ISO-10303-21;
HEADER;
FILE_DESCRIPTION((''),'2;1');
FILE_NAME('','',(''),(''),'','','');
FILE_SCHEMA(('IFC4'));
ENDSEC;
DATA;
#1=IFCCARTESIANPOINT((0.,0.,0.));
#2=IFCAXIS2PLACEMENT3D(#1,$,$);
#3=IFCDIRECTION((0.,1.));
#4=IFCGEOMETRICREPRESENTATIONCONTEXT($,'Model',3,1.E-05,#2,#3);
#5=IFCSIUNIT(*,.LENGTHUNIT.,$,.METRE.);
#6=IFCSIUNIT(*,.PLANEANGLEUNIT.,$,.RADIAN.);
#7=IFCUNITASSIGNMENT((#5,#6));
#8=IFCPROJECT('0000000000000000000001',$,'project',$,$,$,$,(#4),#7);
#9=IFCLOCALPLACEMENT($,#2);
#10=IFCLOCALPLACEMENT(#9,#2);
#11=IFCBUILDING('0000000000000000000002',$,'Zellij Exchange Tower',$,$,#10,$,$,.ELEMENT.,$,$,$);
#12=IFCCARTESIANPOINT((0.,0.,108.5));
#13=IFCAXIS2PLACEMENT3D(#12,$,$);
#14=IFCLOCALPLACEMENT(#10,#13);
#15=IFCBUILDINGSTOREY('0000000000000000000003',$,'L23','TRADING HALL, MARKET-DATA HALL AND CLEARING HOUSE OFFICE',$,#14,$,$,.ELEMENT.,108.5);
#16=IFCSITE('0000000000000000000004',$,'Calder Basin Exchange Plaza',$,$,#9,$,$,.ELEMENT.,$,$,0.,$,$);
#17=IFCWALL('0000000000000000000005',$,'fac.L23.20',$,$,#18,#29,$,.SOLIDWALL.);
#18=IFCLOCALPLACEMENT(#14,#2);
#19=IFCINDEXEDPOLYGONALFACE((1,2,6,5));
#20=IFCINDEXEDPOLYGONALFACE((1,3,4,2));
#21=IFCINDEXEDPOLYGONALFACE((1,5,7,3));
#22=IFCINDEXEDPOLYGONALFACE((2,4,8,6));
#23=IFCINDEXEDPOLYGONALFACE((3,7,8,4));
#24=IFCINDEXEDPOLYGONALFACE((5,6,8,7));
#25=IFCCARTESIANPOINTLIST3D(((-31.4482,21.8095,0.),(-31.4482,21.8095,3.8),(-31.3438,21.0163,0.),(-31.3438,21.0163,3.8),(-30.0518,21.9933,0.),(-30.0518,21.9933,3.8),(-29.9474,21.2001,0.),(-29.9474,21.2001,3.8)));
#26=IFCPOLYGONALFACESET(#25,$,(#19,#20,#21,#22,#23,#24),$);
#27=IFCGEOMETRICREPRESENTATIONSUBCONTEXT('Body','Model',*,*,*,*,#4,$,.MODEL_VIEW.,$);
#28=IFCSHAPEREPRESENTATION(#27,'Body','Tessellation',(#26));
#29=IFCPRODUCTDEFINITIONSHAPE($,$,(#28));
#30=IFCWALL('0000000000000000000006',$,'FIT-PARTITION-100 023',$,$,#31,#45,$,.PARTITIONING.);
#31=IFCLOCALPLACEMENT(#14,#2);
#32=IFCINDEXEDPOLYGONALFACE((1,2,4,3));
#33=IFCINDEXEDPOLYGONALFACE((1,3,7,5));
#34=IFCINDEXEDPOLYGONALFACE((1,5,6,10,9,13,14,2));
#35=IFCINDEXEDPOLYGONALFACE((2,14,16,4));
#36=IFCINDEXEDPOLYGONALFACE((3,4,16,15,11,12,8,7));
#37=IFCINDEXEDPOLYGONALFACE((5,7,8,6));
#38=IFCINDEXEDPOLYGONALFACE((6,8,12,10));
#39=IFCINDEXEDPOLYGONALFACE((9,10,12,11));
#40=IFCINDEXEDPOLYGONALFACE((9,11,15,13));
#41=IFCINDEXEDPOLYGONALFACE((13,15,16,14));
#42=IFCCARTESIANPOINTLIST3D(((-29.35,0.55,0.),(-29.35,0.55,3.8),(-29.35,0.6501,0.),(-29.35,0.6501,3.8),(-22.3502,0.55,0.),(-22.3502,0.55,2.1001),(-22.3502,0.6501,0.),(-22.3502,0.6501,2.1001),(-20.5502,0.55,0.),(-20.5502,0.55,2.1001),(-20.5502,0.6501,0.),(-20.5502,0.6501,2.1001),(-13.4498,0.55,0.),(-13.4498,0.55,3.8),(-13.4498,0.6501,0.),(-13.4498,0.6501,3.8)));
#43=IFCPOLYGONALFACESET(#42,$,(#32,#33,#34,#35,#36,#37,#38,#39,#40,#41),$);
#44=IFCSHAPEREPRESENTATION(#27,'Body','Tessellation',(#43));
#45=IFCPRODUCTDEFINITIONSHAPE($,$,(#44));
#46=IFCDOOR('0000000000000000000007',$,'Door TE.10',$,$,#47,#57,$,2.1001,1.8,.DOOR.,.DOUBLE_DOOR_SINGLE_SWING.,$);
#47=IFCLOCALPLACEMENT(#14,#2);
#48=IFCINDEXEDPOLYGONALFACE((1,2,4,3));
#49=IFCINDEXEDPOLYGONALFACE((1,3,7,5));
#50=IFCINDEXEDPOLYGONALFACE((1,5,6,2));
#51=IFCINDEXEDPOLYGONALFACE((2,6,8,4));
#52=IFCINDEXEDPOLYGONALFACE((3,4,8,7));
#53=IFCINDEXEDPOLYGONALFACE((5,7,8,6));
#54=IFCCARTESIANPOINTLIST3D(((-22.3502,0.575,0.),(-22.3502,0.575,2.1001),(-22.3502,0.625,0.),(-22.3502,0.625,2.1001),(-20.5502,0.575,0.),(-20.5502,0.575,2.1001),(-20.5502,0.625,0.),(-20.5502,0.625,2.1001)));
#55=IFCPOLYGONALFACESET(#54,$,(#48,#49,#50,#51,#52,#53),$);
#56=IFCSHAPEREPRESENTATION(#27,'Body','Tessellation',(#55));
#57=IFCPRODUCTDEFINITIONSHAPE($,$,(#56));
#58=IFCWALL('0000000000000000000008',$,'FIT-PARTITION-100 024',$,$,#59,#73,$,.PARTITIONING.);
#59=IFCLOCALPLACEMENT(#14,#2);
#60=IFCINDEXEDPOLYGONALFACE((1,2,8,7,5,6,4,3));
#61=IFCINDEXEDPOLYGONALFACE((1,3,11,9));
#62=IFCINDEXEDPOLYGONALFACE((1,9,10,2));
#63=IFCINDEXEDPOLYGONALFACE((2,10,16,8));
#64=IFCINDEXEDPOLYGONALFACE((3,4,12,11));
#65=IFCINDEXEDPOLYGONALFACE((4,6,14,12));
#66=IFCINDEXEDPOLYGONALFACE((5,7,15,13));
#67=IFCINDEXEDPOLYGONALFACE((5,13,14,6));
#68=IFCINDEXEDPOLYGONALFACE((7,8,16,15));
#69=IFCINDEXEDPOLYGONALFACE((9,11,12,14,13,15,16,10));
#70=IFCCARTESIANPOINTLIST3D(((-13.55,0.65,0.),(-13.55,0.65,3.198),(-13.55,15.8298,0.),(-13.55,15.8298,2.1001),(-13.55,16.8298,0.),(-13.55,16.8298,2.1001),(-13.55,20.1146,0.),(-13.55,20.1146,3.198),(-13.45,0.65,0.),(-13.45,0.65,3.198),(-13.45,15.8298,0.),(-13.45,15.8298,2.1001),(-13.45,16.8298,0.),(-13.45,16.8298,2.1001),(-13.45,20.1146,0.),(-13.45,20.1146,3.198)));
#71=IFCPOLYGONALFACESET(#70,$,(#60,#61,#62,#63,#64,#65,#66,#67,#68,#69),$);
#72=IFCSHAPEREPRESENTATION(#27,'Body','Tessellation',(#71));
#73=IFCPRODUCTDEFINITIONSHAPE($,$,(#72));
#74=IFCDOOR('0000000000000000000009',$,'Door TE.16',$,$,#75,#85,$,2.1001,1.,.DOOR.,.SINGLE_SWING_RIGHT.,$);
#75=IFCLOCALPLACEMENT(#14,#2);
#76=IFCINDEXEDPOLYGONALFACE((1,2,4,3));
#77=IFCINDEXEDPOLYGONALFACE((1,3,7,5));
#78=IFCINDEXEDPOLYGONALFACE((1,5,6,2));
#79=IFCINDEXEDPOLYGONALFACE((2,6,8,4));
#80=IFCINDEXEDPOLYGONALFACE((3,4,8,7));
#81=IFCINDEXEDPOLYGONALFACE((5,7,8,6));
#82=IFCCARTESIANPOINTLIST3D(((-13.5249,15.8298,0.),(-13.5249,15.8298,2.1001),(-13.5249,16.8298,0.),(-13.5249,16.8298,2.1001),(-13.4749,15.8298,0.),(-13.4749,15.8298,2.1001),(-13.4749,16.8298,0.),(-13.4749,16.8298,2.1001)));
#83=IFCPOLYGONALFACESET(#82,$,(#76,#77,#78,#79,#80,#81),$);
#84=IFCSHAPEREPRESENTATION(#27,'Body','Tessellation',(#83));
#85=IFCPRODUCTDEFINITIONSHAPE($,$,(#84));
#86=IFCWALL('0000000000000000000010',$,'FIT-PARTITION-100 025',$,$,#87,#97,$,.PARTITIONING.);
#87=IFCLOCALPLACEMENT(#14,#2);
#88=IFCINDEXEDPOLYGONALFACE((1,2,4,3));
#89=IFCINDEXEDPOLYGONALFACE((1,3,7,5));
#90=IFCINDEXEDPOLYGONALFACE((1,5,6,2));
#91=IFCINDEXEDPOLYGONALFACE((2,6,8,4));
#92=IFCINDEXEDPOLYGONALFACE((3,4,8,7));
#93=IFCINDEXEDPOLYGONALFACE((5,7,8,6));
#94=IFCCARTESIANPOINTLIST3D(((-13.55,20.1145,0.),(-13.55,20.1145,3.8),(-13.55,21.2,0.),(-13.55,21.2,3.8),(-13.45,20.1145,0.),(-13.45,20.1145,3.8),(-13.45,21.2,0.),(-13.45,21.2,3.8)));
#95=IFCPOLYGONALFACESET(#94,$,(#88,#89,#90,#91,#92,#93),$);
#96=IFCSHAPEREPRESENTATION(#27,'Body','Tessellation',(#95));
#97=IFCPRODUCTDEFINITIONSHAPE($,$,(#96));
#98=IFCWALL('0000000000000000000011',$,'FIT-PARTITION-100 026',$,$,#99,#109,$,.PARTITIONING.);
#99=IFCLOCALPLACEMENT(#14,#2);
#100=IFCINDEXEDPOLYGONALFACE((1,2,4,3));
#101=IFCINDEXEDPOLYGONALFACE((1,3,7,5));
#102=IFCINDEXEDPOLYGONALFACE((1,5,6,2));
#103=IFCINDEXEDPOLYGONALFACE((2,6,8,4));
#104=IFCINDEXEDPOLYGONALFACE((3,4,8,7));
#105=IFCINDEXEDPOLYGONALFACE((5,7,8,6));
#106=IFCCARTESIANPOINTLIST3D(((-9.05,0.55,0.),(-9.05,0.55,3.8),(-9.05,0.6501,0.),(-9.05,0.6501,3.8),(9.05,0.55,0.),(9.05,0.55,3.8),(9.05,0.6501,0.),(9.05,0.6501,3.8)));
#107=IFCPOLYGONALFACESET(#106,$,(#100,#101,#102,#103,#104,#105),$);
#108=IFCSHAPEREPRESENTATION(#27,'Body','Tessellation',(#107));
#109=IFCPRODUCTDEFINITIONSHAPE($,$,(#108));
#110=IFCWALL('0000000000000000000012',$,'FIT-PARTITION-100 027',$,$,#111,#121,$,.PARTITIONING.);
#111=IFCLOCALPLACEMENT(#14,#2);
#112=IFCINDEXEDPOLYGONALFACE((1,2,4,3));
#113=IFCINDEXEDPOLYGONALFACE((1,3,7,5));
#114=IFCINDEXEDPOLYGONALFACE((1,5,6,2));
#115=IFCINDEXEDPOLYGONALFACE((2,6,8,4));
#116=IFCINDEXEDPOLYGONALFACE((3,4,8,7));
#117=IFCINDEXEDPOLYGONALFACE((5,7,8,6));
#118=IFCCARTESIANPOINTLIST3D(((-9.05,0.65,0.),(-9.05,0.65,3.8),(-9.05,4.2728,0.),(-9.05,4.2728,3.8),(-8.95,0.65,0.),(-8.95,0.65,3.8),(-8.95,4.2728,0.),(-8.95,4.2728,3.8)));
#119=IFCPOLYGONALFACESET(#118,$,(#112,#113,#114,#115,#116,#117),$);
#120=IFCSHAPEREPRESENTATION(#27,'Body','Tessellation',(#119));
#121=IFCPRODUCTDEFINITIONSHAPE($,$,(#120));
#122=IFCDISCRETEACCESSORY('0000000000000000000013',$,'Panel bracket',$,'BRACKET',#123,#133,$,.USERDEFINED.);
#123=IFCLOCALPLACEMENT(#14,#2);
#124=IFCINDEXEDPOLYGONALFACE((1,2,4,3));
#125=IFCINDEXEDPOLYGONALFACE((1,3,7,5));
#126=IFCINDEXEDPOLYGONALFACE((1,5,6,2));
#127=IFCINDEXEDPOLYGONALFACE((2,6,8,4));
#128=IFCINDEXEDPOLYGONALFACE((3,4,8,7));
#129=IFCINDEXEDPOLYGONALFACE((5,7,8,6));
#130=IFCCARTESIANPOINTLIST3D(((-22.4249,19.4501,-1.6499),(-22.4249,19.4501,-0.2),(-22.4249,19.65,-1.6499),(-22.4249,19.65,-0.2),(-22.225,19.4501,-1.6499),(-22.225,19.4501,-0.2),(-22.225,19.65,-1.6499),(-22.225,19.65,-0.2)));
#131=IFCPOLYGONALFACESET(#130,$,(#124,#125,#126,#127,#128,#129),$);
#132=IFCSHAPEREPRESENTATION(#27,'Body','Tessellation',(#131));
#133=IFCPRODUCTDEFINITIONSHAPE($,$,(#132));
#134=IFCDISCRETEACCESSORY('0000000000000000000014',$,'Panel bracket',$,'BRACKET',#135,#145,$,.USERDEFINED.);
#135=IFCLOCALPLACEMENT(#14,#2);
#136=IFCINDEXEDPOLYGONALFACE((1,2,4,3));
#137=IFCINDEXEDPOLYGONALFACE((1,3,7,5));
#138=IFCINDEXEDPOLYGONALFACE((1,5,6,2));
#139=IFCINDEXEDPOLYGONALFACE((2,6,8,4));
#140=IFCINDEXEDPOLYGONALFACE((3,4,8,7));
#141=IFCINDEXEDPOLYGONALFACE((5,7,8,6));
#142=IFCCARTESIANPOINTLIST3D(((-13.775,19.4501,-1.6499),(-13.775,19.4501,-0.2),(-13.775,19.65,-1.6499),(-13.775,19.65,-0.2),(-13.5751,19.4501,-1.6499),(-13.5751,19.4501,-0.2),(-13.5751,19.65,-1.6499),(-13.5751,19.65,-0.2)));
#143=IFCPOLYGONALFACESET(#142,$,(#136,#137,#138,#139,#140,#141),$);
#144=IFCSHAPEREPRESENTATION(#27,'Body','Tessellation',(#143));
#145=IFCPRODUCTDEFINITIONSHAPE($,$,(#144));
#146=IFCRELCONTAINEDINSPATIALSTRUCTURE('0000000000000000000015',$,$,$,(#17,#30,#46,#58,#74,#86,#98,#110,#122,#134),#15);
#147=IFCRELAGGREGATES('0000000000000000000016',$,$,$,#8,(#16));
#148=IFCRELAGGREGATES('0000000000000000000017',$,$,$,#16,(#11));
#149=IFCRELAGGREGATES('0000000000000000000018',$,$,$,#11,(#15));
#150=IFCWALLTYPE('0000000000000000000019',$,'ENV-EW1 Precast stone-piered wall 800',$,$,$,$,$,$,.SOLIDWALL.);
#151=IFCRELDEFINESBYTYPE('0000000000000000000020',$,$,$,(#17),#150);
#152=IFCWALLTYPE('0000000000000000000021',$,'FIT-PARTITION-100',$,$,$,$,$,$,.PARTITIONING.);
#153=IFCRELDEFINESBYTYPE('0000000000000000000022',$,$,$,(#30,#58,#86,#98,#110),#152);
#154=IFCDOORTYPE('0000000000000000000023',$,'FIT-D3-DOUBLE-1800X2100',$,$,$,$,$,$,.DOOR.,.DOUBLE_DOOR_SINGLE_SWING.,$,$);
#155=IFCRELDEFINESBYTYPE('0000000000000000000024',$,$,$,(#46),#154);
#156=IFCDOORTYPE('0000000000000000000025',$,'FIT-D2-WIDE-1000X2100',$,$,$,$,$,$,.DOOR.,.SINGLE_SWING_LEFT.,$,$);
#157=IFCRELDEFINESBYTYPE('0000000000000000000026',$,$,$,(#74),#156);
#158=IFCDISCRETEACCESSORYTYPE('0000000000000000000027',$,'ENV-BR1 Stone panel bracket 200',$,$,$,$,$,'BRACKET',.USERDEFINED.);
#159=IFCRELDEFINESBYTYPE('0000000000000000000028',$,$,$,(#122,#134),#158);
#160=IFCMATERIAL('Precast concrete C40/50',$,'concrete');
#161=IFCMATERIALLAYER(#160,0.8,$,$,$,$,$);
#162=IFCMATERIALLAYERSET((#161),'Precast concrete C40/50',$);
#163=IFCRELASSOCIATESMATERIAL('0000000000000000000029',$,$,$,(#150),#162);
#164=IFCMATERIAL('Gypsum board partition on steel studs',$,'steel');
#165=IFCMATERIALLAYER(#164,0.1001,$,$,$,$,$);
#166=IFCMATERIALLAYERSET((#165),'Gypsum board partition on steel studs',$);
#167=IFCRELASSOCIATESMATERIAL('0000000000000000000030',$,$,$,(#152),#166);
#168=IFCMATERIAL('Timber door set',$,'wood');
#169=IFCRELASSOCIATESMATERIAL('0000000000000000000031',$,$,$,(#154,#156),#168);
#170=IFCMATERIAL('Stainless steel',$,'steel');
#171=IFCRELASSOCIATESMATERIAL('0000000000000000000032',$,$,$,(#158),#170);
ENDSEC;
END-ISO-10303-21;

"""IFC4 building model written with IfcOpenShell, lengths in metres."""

from ifc_helpers import new_model, si_unit, direction, frame, frame_2d, origin, origin_2d, place, context, subcontext, project, spatial, rectangle, extrude, material, layer, layer_set, type_object, element, fill, save


model = new_model("IFC4")

# Units and contexts
model_context = context("Model", 3, precision=1e-05, world=origin(), true_north=direction((0.0, 1.0)))
body_context = subcontext(model_context, "Body", "Model", "MODEL_VIEW")
ifc_project = project(units=[si_unit("LENGTHUNIT", "METRE"), si_unit("PLANEANGLEUNIT", "RADIAN")], contexts=[model_context])

# Site, building, storey
site_placement = place(None, origin())
site = spatial("IfcSite", under=ifc_project, at=site_placement, Name="Calder Basin Exchange Plaza", CompositionType="ELEMENT", RefElevation=0.0)
building_placement = place(site_placement, origin())
building = spatial("IfcBuilding", under=site, at=building_placement, Name="Zellij Exchange Tower", CompositionType="ELEMENT")
storey_placement = place(building_placement, frame((0.0, 0.0, 108.5)))
storey = spatial("IfcBuildingStorey", under=building, at=storey_placement, Name="L23", Description="TRADING HALL, MARKET-DATA HALL AND CLEARING HOUSE OFFICE", CompositionType="ELEMENT", Elevation=108.5)

# Wall
ifc_material_1 = material(Name="Precast concrete C40/50", Category="concrete")
ifc_layer_1 = layer(ifc_material_1, 0.8)
ifc_layer_set_1 = layer_set([ifc_layer_1], Name="Precast concrete C40/50")
wall_type_1 = type_object("IfcWallType", Name="ENV-EW1 Precast stone-piered wall 800", PredefinedType="SOLIDWALL", material=ifc_layer_set_1)
wall_1_placement = place(storey_placement, frame((-29.9998, 21.5967, 0.0), z_axis=(0.0, 0.0, 1.0), x_axis=(-0.991446, -0.130517, 0.0)))
element("IfcWall", 1, at=wall_1_placement, inside=storey, type_object=wall_type_1, Name="fac.L23.20", PredefinedType="SOLIDWALL", context=body_context, shape_type="SweptSolid", body=[
    extrude(rectangle(XDim=1.4084, YDim=0.8, at=frame_2d((0.7041, 0.0))), origin(), (0.0, 0.0, 1.0), 3.8),
])

# Walls, openings, doors
ifc_material_2 = material(Name="Gypsum board partition on steel studs", Category="steel")
ifc_layer_2 = layer(ifc_material_2, 0.1001)
ifc_layer_set_2 = layer_set([ifc_layer_2], Name="Gypsum board partition on steel studs")
wall_type_2 = type_object("IfcWallType", Name="FIT-PARTITION-100", PredefinedType="PARTITIONING", material=ifc_layer_set_2)
wall_2_placement = place(storey_placement, frame((-29.3501, 0.6001, 0.0), z_axis=(0.0, 0.0, 1.0), x_axis=(1.0, 0.0, 0.0)))
wall_2 = element("IfcWall", 2, at=wall_2_placement, inside=storey, type_object=wall_type_2, Name="FIT-PARTITION-100 023", PredefinedType="PARTITIONING", context=body_context, shape_type="SweptSolid", body=[
    extrude(rectangle(XDim=15.9001, YDim=0.1001, at=frame_2d((7.9502, 0.0))), origin(), (0.0, 0.0, 1.0), 3.8),
])
opening_1_placement = place(wall_2_placement, frame((7.0, 0.0, 0.0)))
opening_1 = element("IfcOpeningElement", 3, at=opening_1_placement, cuts=wall_2, PredefinedType="OPENING", context=body_context, shape_type="SweptSolid", body=[
    extrude(rectangle(XDim=1.8, YDim=2.1001, at=frame_2d((0.8999, 1.05))), frame((0.0, 0.062, 0.0), z_axis=(0.0, -1.0, 0.0), x_axis=(1.0, 0.0, 0.0)), (0.0, 0.0, 1.0), 0.124),
])
ifc_material_3 = material(Name="Timber door set", Category="wood")
door_type_1 = type_object("IfcDoorType", Name="FIT-D3-DOUBLE-1800X2100", OperationType="DOUBLE_DOOR_SINGLE_SWING", PredefinedType="DOOR", material=ifc_material_3)
door_1_placement = place(opening_1_placement, origin())
door_1 = element("IfcDoor", 4, at=door_1_placement, inside=storey, type_object=door_type_1, Name="Door TE.10", OperationType="DOUBLE_DOOR_SINGLE_SWING", OverallHeight=2.1001, OverallWidth=1.8, PredefinedType="DOOR", context=body_context, shape_type="SweptSolid", body=[
    extrude(rectangle(XDim=1.8, YDim=2.1001, at=frame_2d((0.8999, 1.05))), frame((0.0, 0.0249, 0.0), z_axis=(0.0, -1.0, 0.0), x_axis=(1.0, 0.0, 0.0)), (0.0, 0.0, 1.0), 0.05),
])
fill(opening_1, door_1)
wall_3_placement = place(storey_placement, frame((-13.5, 0.6499, 0.0), z_axis=(0.0, 0.0, 1.0), x_axis=(0.0, 1.0, 0.0)))
wall_3 = element("IfcWall", 5, at=wall_3_placement, inside=storey, type_object=wall_type_2, Name="FIT-PARTITION-100 024", PredefinedType="PARTITIONING", context=body_context, shape_type="SweptSolid", body=[
    extrude(rectangle(XDim=19.4646, YDim=0.1001, at=frame_2d((9.7324, 0.0))), origin(), (0.0, 0.0, 1.0), 3.198),
])
opening_2_placement = place(wall_3_placement, frame((15.1799, 0.0, 0.0)))
opening_2 = element("IfcOpeningElement", 6, at=opening_2_placement, cuts=wall_3, PredefinedType="OPENING", context=body_context, shape_type="SweptSolid", body=[
    extrude(rectangle(XDim=1.0, YDim=2.1001, at=frame_2d((0.5, 1.05))), frame((0.0, 0.062, 0.0), z_axis=(0.0, -1.0, 0.0), x_axis=(1.0, 0.0, 0.0)), (0.0, 0.0, 1.0), 0.124),
])
door_type_2 = type_object("IfcDoorType", Name="FIT-D2-WIDE-1000X2100", OperationType="SINGLE_SWING_LEFT", PredefinedType="DOOR", material=ifc_material_3)
door_2_placement = place(opening_2_placement, origin())
door_2 = element("IfcDoor", 7, at=door_2_placement, inside=storey, type_object=door_type_2, Name="Door TE.16", OperationType="SINGLE_SWING_RIGHT", OverallHeight=2.1001, OverallWidth=1.0, PredefinedType="DOOR", context=body_context, shape_type="SweptSolid", body=[
    extrude(rectangle(XDim=1.0, YDim=2.1001, at=frame_2d((0.5, 1.05))), frame((0.0, 0.0249, 0.0), z_axis=(0.0, -1.0, 0.0), x_axis=(1.0, 0.0, 0.0)), (0.0, 0.0, 1.0), 0.05),
])
fill(opening_2, door_2)

# Walls
wall_4_placement = place(storey_placement, frame((-13.5, 20.1145, 0.0), z_axis=(0.0, 0.0, 1.0), x_axis=(0.0, 1.0, 0.0)))
element("IfcWall", 8, at=wall_4_placement, inside=storey, type_object=wall_type_2, Name="FIT-PARTITION-100 025", PredefinedType="PARTITIONING", context=body_context, shape_type="SweptSolid", body=[
    extrude(rectangle(XDim=1.0854, YDim=0.1001, at=frame_2d((0.5427, 0.0))), origin(), (0.0, 0.0, 1.0), 3.8),
])
wall_5_placement = place(storey_placement, frame((-9.05, 0.6001, 0.0), z_axis=(0.0, 0.0, 1.0), x_axis=(1.0, 0.0, 0.0)))
element("IfcWall", 9, at=wall_5_placement, inside=storey, type_object=wall_type_2, Name="FIT-PARTITION-100 026", PredefinedType="PARTITIONING", context=body_context, shape_type="SweptSolid", body=[
    extrude(rectangle(XDim=18.1001, YDim=0.1001, at=frame_2d((9.05, 0.0))), origin(), (0.0, 0.0, 1.0), 3.8),
])
wall_6_placement = place(storey_placement, frame((-9.0, 0.6499, 0.0), z_axis=(0.0, 0.0, 1.0), x_axis=(0.0, 1.0, 0.0)))
element("IfcWall", 10, at=wall_6_placement, inside=storey, type_object=wall_type_2, Name="FIT-PARTITION-100 027", PredefinedType="PARTITIONING", context=body_context, shape_type="SweptSolid", body=[
    extrude(rectangle(XDim=3.6228, YDim=0.1001, at=frame_2d((1.8115, 0.0))), origin(), (0.0, 0.0, 1.0), 3.8),
])

# Discrete accessories
ifc_material_4 = material(Name="Stainless steel", Category="steel")
discrete_accessory_type = type_object("IfcDiscreteAccessoryType", Name="ENV-BR1 Stone panel bracket 200", ElementType="BRACKET", PredefinedType="USERDEFINED", material=ifc_material_4)
for number, where, z_axis, x_axis, name in (
    (11, (-22.325, 19.55, -1.6499), (0.0, 0.0, 1.0), (1.0, 0.0, 0.0), "Panel bracket"),
    (12, (-13.675, 19.55, -1.6499), (0.0, 0.0, 1.0), (1.0, 0.0, 0.0), "Panel bracket"),
):
    element("IfcDiscreteAccessory", number, at=place(storey_placement, frame(where, z_axis=z_axis, x_axis=x_axis)), inside=storey, type_object=discrete_accessory_type, Name=name, ObjectType="BRACKET", PredefinedType="USERDEFINED", context=body_context, shape_type="SweptSolid", body=[
        extrude(rectangle(XDim=0.2, YDim=0.2, at=origin_2d()), origin(), (0.0, 0.0, 1.0), 1.45),
    ])

save(model, "model.ifc")
